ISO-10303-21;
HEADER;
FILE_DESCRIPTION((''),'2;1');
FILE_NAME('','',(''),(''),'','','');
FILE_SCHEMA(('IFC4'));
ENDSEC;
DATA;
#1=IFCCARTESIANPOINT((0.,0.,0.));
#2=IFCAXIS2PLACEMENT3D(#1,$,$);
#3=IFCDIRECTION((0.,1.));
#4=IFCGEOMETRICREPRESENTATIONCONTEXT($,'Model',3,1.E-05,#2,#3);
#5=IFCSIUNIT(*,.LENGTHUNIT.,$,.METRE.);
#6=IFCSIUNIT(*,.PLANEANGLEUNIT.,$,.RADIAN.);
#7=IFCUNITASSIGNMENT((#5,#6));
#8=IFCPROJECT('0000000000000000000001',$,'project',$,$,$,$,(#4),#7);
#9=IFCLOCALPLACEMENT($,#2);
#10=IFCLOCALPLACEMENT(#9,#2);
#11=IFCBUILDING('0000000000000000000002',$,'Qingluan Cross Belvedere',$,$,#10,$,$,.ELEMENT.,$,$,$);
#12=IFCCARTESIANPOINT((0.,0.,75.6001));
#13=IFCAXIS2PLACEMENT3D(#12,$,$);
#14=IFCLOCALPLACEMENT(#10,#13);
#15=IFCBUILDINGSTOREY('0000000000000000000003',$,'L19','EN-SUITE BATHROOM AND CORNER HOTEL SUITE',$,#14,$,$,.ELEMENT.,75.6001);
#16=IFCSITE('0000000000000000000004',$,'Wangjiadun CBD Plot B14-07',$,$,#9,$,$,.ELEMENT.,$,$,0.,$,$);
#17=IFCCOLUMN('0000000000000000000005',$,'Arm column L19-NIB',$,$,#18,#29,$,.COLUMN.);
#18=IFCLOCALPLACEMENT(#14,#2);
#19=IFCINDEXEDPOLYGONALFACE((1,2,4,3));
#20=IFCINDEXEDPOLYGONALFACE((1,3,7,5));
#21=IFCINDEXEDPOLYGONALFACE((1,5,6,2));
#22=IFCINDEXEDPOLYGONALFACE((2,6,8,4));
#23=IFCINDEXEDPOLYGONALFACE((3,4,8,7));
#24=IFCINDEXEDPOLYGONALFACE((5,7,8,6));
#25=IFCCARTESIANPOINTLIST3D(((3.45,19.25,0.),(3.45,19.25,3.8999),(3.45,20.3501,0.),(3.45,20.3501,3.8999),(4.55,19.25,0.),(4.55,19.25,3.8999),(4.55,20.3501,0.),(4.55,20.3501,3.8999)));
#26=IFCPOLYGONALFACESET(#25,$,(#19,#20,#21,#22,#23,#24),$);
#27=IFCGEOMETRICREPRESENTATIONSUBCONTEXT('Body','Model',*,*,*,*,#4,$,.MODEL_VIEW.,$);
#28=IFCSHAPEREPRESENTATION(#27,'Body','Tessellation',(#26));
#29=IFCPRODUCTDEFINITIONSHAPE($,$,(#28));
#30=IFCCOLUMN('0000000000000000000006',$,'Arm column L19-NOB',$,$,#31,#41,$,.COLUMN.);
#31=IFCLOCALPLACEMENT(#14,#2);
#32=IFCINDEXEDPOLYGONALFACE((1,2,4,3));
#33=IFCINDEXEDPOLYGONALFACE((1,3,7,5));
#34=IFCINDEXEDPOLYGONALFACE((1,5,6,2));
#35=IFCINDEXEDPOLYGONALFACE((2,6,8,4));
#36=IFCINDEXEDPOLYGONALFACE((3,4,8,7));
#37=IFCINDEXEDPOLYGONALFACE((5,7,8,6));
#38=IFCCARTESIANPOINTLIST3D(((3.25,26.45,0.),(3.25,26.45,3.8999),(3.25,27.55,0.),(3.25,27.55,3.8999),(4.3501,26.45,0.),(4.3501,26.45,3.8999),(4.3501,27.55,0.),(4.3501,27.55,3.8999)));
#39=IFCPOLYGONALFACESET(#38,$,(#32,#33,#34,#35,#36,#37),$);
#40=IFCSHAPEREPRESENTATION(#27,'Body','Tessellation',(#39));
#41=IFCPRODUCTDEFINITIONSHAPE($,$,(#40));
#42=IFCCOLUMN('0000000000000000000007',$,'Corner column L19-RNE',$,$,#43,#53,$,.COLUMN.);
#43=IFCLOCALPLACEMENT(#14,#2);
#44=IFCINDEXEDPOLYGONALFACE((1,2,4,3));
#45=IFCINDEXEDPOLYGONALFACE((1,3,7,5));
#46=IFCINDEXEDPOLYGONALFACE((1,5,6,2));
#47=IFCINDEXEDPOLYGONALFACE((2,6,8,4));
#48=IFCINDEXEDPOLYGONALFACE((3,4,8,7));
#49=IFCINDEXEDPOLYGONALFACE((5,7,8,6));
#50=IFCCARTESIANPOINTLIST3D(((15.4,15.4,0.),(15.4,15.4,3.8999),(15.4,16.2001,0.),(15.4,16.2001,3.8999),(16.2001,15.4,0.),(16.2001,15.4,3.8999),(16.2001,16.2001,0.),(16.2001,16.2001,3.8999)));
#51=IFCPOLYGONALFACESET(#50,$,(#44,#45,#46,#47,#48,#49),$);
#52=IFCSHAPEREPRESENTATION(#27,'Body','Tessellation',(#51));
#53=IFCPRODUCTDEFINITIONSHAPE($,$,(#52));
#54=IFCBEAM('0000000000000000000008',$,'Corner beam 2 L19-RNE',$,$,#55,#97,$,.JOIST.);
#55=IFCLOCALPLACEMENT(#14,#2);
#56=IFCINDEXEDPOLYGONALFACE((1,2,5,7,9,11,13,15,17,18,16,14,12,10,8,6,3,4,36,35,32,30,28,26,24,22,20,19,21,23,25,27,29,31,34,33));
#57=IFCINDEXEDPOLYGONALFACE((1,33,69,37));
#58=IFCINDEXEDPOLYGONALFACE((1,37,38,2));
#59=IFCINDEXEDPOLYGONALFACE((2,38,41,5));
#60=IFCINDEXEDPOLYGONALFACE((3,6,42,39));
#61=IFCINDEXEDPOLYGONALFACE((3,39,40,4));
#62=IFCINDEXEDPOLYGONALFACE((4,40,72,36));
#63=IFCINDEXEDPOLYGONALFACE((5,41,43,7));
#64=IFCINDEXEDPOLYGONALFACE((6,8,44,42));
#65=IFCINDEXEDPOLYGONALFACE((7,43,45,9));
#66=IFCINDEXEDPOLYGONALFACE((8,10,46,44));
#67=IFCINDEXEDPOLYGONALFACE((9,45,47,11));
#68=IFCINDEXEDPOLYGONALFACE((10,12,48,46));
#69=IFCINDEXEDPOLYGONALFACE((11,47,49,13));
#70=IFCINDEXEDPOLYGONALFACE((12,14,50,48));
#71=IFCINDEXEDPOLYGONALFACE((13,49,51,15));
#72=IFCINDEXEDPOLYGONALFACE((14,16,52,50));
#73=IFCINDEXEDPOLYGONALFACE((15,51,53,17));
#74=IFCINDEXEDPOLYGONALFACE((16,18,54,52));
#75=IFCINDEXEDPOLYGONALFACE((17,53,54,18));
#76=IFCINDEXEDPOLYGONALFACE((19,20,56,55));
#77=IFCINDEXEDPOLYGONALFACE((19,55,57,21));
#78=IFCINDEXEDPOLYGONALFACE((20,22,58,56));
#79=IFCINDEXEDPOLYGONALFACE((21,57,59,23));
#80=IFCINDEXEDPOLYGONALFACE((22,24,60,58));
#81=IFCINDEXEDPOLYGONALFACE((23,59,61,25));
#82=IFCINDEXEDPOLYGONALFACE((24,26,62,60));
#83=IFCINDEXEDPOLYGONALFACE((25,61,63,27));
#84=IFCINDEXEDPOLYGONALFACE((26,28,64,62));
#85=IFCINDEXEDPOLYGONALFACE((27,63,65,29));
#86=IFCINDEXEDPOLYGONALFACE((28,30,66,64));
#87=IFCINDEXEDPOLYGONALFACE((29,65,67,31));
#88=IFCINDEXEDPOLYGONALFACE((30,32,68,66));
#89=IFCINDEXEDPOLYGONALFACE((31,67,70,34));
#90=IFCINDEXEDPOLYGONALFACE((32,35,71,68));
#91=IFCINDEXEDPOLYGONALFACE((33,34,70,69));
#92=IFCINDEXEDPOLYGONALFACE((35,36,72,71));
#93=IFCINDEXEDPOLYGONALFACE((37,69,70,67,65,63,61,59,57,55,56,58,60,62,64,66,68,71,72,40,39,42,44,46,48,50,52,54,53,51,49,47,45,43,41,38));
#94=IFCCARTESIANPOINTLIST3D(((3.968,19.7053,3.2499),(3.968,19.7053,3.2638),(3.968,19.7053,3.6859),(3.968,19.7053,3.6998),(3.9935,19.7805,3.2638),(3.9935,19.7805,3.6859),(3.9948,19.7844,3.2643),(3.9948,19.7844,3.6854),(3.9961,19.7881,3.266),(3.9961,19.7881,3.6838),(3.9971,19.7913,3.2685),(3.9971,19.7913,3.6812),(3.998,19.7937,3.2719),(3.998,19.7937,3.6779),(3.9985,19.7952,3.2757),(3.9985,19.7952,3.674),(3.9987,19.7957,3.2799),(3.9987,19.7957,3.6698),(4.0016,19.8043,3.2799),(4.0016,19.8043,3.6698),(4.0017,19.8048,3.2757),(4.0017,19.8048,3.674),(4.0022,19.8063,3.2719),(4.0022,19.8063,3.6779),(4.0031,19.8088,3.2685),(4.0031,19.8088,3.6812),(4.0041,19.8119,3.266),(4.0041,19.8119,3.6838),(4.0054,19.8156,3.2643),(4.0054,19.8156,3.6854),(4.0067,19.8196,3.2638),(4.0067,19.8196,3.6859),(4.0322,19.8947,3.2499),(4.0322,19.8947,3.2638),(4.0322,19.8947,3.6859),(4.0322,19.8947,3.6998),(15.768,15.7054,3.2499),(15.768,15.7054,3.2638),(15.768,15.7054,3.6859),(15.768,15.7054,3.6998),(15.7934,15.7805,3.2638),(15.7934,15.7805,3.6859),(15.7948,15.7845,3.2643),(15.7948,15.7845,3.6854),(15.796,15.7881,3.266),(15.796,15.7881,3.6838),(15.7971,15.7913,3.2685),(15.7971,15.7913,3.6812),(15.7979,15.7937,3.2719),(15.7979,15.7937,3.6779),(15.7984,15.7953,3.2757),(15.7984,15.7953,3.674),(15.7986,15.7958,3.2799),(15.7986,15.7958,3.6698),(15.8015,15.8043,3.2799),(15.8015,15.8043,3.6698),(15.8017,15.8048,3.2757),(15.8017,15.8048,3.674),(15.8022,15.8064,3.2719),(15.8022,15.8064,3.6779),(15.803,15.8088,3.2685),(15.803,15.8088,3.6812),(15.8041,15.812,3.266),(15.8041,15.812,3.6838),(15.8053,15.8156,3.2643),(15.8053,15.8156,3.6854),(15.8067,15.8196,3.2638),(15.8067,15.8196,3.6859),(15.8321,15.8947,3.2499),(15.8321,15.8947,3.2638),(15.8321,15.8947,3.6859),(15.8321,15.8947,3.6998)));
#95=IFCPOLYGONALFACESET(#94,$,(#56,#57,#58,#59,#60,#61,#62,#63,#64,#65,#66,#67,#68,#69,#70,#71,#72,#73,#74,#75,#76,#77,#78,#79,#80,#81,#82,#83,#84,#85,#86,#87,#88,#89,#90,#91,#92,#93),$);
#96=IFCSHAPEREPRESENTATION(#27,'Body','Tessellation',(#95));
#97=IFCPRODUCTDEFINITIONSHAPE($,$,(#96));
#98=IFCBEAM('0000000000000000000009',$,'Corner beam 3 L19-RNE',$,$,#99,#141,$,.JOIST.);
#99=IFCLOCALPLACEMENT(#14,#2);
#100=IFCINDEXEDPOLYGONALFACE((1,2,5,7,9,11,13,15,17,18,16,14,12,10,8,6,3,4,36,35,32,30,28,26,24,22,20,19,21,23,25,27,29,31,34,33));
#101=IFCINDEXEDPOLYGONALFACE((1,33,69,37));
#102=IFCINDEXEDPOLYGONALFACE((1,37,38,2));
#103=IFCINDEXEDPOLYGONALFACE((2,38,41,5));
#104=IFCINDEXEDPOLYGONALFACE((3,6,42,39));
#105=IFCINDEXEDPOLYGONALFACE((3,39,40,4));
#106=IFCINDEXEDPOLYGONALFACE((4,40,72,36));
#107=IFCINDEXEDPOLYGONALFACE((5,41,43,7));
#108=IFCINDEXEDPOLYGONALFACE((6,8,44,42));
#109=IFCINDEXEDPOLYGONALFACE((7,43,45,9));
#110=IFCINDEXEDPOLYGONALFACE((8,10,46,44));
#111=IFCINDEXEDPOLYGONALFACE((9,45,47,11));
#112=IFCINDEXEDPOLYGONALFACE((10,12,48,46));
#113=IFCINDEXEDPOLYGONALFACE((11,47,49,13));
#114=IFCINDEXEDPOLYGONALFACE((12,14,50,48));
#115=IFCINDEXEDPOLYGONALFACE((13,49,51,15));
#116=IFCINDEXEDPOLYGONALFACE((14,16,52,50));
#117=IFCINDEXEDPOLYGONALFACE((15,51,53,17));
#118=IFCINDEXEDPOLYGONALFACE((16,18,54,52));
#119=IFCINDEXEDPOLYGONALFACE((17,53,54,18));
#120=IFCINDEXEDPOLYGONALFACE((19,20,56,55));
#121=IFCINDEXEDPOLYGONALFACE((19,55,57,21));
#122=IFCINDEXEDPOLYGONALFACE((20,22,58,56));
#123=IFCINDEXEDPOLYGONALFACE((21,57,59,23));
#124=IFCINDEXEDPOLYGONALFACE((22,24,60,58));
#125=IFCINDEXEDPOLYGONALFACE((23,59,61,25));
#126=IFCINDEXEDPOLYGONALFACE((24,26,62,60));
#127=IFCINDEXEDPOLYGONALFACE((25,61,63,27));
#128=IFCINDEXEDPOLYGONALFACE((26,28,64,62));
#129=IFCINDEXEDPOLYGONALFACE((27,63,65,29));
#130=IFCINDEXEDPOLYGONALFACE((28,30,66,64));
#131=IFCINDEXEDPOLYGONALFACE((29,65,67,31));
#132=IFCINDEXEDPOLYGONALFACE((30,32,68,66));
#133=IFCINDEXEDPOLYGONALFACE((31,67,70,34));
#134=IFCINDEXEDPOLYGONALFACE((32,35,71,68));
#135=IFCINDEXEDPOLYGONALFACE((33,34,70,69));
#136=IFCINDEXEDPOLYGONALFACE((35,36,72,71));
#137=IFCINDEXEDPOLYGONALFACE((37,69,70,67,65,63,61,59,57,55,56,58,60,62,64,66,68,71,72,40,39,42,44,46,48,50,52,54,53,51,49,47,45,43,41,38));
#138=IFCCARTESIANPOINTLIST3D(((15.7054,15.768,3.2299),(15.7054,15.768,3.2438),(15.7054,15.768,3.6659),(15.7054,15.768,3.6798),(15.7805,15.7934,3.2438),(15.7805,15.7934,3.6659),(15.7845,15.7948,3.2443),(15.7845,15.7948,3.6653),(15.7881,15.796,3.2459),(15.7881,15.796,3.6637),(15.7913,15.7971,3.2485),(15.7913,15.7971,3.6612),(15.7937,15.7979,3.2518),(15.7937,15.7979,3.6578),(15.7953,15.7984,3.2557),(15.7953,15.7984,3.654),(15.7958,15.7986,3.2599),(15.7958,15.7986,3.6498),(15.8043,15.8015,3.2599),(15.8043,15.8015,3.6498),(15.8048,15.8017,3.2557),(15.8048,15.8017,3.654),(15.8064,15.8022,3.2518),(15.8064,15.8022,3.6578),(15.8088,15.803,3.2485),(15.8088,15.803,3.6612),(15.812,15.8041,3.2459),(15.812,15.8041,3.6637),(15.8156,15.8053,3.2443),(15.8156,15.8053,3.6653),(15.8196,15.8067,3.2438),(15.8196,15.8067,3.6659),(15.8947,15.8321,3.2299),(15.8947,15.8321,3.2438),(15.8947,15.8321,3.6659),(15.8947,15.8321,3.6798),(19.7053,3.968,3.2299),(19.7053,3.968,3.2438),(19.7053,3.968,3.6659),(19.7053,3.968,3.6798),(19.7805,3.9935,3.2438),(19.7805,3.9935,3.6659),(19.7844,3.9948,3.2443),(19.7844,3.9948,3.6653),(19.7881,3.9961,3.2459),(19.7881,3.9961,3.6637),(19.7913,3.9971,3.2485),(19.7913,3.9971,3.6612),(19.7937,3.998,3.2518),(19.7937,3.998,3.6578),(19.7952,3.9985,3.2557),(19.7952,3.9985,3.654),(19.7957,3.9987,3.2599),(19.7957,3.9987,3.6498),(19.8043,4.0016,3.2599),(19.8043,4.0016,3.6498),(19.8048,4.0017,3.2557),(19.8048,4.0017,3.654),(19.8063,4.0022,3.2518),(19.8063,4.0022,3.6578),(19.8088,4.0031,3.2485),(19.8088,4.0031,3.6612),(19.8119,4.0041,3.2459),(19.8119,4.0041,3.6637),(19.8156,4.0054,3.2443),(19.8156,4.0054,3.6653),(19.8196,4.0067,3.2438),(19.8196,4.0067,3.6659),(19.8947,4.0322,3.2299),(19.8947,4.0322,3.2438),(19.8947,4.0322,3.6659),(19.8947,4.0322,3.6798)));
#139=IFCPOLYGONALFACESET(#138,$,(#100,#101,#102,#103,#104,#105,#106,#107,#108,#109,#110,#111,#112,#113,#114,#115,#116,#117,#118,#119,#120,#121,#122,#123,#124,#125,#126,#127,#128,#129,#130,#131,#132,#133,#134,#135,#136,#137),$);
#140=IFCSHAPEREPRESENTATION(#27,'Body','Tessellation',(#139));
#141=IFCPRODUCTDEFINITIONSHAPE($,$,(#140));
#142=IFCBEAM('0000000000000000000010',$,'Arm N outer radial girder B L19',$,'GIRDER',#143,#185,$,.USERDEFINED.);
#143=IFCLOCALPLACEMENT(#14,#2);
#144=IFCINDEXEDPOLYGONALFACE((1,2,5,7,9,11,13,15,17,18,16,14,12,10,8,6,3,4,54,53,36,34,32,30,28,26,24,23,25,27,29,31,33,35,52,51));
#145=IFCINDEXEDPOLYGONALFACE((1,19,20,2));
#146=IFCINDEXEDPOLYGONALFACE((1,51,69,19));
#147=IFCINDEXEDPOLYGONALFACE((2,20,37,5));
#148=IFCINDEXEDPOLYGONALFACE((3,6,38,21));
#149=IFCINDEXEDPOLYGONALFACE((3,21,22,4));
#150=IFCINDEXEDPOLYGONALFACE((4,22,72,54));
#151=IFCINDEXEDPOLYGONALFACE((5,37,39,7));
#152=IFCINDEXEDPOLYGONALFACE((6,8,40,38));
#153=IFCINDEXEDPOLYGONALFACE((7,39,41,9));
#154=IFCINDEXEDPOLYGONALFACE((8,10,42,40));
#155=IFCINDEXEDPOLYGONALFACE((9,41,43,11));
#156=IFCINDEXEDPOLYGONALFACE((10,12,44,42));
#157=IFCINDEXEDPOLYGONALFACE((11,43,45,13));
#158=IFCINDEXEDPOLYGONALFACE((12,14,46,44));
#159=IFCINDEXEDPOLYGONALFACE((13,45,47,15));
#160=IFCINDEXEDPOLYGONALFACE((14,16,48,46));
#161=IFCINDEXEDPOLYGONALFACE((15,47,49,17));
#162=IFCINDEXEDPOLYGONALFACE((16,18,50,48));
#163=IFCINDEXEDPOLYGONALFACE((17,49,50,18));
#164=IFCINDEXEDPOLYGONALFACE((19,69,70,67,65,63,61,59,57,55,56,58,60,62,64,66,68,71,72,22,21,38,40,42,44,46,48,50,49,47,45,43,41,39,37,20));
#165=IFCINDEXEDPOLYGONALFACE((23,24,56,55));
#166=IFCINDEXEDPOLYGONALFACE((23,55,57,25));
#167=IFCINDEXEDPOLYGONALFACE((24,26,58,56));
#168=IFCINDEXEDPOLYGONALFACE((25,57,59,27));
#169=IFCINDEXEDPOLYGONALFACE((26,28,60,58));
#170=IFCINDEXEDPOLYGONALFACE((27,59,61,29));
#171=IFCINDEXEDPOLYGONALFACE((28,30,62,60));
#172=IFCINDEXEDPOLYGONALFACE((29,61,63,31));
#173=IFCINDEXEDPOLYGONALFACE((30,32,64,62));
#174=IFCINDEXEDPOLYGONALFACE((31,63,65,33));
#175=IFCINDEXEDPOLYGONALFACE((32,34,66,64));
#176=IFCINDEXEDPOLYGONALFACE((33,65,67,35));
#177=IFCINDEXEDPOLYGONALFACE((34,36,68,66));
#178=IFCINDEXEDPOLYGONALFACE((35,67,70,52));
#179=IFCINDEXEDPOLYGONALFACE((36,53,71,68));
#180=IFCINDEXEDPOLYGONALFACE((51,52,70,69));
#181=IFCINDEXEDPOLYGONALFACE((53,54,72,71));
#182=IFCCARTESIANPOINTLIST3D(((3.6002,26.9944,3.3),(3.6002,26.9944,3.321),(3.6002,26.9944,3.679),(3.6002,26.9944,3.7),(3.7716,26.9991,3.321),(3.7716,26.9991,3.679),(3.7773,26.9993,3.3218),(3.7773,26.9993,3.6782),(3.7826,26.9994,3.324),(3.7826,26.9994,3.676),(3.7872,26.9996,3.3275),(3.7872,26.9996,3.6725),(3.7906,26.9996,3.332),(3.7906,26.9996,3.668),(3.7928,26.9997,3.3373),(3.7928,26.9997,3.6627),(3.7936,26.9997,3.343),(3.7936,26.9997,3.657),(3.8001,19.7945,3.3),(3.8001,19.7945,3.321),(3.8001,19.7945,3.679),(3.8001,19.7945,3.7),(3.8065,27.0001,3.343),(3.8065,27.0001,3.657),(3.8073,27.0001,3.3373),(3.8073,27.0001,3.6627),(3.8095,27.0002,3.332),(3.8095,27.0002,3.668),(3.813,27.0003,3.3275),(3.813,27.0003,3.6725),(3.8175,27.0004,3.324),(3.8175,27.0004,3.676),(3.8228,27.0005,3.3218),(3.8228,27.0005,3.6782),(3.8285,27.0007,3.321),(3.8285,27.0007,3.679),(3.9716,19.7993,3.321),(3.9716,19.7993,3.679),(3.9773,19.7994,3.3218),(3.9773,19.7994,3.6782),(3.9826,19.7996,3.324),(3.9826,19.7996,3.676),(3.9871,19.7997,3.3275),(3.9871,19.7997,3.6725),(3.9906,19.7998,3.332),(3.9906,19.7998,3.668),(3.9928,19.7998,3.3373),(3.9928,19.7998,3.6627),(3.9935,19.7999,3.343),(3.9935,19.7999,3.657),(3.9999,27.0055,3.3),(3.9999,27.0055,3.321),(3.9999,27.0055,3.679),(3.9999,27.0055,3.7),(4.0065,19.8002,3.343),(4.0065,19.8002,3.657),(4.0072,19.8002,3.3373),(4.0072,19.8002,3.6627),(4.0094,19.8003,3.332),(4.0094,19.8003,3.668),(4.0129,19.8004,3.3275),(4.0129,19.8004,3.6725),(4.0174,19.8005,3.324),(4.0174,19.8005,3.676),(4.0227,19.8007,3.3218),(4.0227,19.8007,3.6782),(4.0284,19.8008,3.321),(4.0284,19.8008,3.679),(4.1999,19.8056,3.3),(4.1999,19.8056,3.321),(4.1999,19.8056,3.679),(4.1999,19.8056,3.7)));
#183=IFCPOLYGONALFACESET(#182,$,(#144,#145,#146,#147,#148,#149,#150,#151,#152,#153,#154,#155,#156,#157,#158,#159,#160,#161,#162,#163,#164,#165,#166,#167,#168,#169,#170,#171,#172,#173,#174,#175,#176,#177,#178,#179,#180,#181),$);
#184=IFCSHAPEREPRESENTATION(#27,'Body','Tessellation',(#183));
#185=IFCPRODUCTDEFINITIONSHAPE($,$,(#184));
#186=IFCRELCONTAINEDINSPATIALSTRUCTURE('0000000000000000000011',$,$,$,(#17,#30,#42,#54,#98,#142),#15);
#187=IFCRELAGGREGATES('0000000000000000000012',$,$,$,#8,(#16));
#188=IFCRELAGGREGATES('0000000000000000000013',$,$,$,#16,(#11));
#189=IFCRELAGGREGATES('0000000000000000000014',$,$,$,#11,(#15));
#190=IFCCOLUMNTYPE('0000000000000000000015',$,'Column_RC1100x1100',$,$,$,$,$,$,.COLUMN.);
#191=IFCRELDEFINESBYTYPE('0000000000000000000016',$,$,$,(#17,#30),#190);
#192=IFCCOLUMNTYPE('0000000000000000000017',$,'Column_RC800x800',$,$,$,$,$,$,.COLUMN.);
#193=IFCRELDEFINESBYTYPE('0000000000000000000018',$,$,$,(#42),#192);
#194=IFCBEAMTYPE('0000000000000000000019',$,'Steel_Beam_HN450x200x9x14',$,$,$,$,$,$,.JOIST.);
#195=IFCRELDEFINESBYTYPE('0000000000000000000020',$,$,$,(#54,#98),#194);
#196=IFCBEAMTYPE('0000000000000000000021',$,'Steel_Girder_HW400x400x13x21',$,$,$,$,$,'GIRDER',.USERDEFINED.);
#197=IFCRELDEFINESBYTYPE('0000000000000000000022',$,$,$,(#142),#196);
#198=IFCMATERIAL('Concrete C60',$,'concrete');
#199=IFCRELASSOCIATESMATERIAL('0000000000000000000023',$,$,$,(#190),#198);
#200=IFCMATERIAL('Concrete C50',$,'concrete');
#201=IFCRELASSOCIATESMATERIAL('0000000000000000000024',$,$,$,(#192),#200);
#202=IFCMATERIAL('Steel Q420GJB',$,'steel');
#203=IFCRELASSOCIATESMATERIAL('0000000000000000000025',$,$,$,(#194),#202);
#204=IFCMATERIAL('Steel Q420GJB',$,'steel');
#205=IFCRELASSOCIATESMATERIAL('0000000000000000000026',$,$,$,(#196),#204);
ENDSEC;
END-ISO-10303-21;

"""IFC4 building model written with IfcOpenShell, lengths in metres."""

from ifc_helpers import new_model, si_unit, direction, frame, origin, origin_2d, place, context, subcontext, project, spatial, rectangle, i_section, extrude, material, material_profile, profile_set, type_object, element, save


model = new_model("IFC4")

# Units and contexts
model_context = context("Model", 3, precision=1e-05, world=origin(), true_north=direction((0.0, 1.0)))
body_context = subcontext(model_context, "Body", "Model", "MODEL_VIEW")
ifc_project = project(units=[si_unit("LENGTHUNIT", "METRE"), si_unit("PLANEANGLEUNIT", "RADIAN")], contexts=[model_context])

# Site, building, storey
site_placement = place(None, origin())
site = spatial("IfcSite", under=ifc_project, at=site_placement, Name="Wangjiadun CBD Plot B14-07", CompositionType="ELEMENT", RefElevation=0.0)
building_placement = place(site_placement, origin())
building = spatial("IfcBuilding", under=site, at=building_placement, Name="Qingluan Cross Belvedere", CompositionType="ELEMENT")
storey_placement = place(building_placement, frame((0.0, 0.0, 75.6001)))
storey = spatial("IfcBuildingStorey", under=building, at=storey_placement, Name="L19", Description="EN-SUITE BATHROOM AND CORNER HOTEL SUITE", CompositionType="ELEMENT", Elevation=75.6001)

# Columns
ifc_material_1 = material(Name="Concrete C60", Category="concrete")
ifc_material_profile_1 = material_profile(ifc_material_1, rectangle(XDim=1.1001, YDim=1.1001, at=origin_2d()), Name="RC1100x1100")
ifc_profile_set_1 = profile_set([ifc_material_profile_1], Name="Concrete C60")
column_type_1 = type_object("IfcColumnType", Name="Column_RC1100x1100", PredefinedType="COLUMN", material=ifc_profile_set_1)
for number, where, z_axis, x_axis, name in (
    (1, (4.0, 19.8, 0.0), (0.0, 0.0, 1.0), (1.0, 0.0, 0.0), "Arm column L19-NIB"),
    (2, (3.8, 27.0, 0.0), (0.0, 0.0, 1.0), (1.0, 0.0, 0.0), "Arm column L19-NOB"),
):
    element("IfcColumn", number, at=place(storey_placement, frame(where, z_axis=z_axis, x_axis=x_axis)), inside=storey, type_object=column_type_1, Name=name, PredefinedType="COLUMN", context=body_context, shape_type="SweptSolid", body=[
        extrude(rectangle(XDim=1.1001, YDim=1.1001, at=origin_2d()), origin(), (0.0, 0.0, 1.0), 3.8999),
    ])
ifc_material_2 = material(Name="Concrete C50", Category="concrete")
ifc_material_profile_2 = material_profile(ifc_material_2, rectangle(XDim=0.8, YDim=0.8, at=origin_2d()), Name="RC800x800")
ifc_profile_set_2 = profile_set([ifc_material_profile_2], Name="Concrete C50")
column_type_2 = type_object("IfcColumnType", Name="Column_RC800x800", PredefinedType="COLUMN", material=ifc_profile_set_2)
column_placement = place(storey_placement, frame((15.8, 15.8, 0.0), z_axis=(0.0, 0.0, 1.0), x_axis=(1.0, 0.0, 0.0)))
element("IfcColumn", 3, at=column_placement, inside=storey, type_object=column_type_2, Name="Corner column L19-RNE", PredefinedType="COLUMN", context=body_context, shape_type="SweptSolid", body=[
    extrude(rectangle(XDim=0.8, YDim=0.8, at=origin_2d()), origin(), (0.0, 0.0, 1.0), 3.8999),
])

# Beams
ifc_material_3 = material(Name="Steel Q420GJB", Category="steel")
ifc_material_profile_3 = material_profile(ifc_material_3, i_section(OverallWidth=0.2, OverallDepth=0.45, WebThickness=0.009, FlangeThickness=0.0139, FilletRadius=0.0161, at=origin_2d()), Name="HN450x200x9x14")
ifc_profile_set_3 = profile_set([ifc_material_profile_3], Name="Steel Q420GJB")
beam_type_1 = type_object("IfcBeamType", Name="Steel_Beam_HN450x200x9x14", PredefinedType="JOIST", material=ifc_profile_set_3)
for number, where, z_axis, x_axis, name in (
    (4, (15.8, 15.8, 3.4749), (-0.947066, 0.321038, 0.0), (-0.321038, -0.947066, 0.0), "Corner beam 2 L19-RNE"),
    (5, (15.8, 15.8, 3.4548), (0.321038, -0.947066, 0.0), (0.947066, 0.321038, 0.0), "Corner beam 3 L19-RNE"),
):
    element("IfcBeam", number, at=place(storey_placement, frame(where, z_axis=z_axis, x_axis=x_axis)), inside=storey, type_object=beam_type_1, Name=name, PredefinedType="JOIST", context=body_context, shape_type="SweptSolid", body=[
        extrude(i_section(OverallWidth=0.2, OverallDepth=0.45, WebThickness=0.009, FlangeThickness=0.0139, FilletRadius=0.0161, at=origin_2d()), origin(), (0.0, 0.0, 1.0), 12.4595),
    ])
ifc_material_4 = material(Name="Steel Q420GJB", Category="steel")
ifc_material_profile_4 = material_profile(ifc_material_4, i_section(OverallWidth=0.3999, OverallDepth=0.3999, WebThickness=0.0129, FlangeThickness=0.021, FilletRadius=0.022, at=origin_2d()), Name="HW400x400x13x21")
ifc_profile_set_4 = profile_set([ifc_material_profile_4], Name="Steel Q420GJB")
beam_type_2 = type_object("IfcBeamType", Name="Steel_Girder_HW400x400x13x21", ElementType="GIRDER", PredefinedType="USERDEFINED", material=ifc_profile_set_4)
beam_placement = place(storey_placement, frame((4.0, 19.8, 3.5), z_axis=(-0.02776, 0.999615, 0.0), x_axis=(-0.999615, -0.02776, 0.0)))
element("IfcBeam", 6, at=beam_placement, inside=storey, type_object=beam_type_2, Name="Arm N outer radial girder B L19", ObjectType="GIRDER", PredefinedType="USERDEFINED", context=body_context, shape_type="SweptSolid", body=[
    extrude(i_section(OverallWidth=0.3999, OverallDepth=0.3999, WebThickness=0.0129, FlangeThickness=0.021, FilletRadius=0.022, at=origin_2d()), origin(), (0.0, 0.0, 1.0), 7.2026),
])

save(model, "model.ifc")
